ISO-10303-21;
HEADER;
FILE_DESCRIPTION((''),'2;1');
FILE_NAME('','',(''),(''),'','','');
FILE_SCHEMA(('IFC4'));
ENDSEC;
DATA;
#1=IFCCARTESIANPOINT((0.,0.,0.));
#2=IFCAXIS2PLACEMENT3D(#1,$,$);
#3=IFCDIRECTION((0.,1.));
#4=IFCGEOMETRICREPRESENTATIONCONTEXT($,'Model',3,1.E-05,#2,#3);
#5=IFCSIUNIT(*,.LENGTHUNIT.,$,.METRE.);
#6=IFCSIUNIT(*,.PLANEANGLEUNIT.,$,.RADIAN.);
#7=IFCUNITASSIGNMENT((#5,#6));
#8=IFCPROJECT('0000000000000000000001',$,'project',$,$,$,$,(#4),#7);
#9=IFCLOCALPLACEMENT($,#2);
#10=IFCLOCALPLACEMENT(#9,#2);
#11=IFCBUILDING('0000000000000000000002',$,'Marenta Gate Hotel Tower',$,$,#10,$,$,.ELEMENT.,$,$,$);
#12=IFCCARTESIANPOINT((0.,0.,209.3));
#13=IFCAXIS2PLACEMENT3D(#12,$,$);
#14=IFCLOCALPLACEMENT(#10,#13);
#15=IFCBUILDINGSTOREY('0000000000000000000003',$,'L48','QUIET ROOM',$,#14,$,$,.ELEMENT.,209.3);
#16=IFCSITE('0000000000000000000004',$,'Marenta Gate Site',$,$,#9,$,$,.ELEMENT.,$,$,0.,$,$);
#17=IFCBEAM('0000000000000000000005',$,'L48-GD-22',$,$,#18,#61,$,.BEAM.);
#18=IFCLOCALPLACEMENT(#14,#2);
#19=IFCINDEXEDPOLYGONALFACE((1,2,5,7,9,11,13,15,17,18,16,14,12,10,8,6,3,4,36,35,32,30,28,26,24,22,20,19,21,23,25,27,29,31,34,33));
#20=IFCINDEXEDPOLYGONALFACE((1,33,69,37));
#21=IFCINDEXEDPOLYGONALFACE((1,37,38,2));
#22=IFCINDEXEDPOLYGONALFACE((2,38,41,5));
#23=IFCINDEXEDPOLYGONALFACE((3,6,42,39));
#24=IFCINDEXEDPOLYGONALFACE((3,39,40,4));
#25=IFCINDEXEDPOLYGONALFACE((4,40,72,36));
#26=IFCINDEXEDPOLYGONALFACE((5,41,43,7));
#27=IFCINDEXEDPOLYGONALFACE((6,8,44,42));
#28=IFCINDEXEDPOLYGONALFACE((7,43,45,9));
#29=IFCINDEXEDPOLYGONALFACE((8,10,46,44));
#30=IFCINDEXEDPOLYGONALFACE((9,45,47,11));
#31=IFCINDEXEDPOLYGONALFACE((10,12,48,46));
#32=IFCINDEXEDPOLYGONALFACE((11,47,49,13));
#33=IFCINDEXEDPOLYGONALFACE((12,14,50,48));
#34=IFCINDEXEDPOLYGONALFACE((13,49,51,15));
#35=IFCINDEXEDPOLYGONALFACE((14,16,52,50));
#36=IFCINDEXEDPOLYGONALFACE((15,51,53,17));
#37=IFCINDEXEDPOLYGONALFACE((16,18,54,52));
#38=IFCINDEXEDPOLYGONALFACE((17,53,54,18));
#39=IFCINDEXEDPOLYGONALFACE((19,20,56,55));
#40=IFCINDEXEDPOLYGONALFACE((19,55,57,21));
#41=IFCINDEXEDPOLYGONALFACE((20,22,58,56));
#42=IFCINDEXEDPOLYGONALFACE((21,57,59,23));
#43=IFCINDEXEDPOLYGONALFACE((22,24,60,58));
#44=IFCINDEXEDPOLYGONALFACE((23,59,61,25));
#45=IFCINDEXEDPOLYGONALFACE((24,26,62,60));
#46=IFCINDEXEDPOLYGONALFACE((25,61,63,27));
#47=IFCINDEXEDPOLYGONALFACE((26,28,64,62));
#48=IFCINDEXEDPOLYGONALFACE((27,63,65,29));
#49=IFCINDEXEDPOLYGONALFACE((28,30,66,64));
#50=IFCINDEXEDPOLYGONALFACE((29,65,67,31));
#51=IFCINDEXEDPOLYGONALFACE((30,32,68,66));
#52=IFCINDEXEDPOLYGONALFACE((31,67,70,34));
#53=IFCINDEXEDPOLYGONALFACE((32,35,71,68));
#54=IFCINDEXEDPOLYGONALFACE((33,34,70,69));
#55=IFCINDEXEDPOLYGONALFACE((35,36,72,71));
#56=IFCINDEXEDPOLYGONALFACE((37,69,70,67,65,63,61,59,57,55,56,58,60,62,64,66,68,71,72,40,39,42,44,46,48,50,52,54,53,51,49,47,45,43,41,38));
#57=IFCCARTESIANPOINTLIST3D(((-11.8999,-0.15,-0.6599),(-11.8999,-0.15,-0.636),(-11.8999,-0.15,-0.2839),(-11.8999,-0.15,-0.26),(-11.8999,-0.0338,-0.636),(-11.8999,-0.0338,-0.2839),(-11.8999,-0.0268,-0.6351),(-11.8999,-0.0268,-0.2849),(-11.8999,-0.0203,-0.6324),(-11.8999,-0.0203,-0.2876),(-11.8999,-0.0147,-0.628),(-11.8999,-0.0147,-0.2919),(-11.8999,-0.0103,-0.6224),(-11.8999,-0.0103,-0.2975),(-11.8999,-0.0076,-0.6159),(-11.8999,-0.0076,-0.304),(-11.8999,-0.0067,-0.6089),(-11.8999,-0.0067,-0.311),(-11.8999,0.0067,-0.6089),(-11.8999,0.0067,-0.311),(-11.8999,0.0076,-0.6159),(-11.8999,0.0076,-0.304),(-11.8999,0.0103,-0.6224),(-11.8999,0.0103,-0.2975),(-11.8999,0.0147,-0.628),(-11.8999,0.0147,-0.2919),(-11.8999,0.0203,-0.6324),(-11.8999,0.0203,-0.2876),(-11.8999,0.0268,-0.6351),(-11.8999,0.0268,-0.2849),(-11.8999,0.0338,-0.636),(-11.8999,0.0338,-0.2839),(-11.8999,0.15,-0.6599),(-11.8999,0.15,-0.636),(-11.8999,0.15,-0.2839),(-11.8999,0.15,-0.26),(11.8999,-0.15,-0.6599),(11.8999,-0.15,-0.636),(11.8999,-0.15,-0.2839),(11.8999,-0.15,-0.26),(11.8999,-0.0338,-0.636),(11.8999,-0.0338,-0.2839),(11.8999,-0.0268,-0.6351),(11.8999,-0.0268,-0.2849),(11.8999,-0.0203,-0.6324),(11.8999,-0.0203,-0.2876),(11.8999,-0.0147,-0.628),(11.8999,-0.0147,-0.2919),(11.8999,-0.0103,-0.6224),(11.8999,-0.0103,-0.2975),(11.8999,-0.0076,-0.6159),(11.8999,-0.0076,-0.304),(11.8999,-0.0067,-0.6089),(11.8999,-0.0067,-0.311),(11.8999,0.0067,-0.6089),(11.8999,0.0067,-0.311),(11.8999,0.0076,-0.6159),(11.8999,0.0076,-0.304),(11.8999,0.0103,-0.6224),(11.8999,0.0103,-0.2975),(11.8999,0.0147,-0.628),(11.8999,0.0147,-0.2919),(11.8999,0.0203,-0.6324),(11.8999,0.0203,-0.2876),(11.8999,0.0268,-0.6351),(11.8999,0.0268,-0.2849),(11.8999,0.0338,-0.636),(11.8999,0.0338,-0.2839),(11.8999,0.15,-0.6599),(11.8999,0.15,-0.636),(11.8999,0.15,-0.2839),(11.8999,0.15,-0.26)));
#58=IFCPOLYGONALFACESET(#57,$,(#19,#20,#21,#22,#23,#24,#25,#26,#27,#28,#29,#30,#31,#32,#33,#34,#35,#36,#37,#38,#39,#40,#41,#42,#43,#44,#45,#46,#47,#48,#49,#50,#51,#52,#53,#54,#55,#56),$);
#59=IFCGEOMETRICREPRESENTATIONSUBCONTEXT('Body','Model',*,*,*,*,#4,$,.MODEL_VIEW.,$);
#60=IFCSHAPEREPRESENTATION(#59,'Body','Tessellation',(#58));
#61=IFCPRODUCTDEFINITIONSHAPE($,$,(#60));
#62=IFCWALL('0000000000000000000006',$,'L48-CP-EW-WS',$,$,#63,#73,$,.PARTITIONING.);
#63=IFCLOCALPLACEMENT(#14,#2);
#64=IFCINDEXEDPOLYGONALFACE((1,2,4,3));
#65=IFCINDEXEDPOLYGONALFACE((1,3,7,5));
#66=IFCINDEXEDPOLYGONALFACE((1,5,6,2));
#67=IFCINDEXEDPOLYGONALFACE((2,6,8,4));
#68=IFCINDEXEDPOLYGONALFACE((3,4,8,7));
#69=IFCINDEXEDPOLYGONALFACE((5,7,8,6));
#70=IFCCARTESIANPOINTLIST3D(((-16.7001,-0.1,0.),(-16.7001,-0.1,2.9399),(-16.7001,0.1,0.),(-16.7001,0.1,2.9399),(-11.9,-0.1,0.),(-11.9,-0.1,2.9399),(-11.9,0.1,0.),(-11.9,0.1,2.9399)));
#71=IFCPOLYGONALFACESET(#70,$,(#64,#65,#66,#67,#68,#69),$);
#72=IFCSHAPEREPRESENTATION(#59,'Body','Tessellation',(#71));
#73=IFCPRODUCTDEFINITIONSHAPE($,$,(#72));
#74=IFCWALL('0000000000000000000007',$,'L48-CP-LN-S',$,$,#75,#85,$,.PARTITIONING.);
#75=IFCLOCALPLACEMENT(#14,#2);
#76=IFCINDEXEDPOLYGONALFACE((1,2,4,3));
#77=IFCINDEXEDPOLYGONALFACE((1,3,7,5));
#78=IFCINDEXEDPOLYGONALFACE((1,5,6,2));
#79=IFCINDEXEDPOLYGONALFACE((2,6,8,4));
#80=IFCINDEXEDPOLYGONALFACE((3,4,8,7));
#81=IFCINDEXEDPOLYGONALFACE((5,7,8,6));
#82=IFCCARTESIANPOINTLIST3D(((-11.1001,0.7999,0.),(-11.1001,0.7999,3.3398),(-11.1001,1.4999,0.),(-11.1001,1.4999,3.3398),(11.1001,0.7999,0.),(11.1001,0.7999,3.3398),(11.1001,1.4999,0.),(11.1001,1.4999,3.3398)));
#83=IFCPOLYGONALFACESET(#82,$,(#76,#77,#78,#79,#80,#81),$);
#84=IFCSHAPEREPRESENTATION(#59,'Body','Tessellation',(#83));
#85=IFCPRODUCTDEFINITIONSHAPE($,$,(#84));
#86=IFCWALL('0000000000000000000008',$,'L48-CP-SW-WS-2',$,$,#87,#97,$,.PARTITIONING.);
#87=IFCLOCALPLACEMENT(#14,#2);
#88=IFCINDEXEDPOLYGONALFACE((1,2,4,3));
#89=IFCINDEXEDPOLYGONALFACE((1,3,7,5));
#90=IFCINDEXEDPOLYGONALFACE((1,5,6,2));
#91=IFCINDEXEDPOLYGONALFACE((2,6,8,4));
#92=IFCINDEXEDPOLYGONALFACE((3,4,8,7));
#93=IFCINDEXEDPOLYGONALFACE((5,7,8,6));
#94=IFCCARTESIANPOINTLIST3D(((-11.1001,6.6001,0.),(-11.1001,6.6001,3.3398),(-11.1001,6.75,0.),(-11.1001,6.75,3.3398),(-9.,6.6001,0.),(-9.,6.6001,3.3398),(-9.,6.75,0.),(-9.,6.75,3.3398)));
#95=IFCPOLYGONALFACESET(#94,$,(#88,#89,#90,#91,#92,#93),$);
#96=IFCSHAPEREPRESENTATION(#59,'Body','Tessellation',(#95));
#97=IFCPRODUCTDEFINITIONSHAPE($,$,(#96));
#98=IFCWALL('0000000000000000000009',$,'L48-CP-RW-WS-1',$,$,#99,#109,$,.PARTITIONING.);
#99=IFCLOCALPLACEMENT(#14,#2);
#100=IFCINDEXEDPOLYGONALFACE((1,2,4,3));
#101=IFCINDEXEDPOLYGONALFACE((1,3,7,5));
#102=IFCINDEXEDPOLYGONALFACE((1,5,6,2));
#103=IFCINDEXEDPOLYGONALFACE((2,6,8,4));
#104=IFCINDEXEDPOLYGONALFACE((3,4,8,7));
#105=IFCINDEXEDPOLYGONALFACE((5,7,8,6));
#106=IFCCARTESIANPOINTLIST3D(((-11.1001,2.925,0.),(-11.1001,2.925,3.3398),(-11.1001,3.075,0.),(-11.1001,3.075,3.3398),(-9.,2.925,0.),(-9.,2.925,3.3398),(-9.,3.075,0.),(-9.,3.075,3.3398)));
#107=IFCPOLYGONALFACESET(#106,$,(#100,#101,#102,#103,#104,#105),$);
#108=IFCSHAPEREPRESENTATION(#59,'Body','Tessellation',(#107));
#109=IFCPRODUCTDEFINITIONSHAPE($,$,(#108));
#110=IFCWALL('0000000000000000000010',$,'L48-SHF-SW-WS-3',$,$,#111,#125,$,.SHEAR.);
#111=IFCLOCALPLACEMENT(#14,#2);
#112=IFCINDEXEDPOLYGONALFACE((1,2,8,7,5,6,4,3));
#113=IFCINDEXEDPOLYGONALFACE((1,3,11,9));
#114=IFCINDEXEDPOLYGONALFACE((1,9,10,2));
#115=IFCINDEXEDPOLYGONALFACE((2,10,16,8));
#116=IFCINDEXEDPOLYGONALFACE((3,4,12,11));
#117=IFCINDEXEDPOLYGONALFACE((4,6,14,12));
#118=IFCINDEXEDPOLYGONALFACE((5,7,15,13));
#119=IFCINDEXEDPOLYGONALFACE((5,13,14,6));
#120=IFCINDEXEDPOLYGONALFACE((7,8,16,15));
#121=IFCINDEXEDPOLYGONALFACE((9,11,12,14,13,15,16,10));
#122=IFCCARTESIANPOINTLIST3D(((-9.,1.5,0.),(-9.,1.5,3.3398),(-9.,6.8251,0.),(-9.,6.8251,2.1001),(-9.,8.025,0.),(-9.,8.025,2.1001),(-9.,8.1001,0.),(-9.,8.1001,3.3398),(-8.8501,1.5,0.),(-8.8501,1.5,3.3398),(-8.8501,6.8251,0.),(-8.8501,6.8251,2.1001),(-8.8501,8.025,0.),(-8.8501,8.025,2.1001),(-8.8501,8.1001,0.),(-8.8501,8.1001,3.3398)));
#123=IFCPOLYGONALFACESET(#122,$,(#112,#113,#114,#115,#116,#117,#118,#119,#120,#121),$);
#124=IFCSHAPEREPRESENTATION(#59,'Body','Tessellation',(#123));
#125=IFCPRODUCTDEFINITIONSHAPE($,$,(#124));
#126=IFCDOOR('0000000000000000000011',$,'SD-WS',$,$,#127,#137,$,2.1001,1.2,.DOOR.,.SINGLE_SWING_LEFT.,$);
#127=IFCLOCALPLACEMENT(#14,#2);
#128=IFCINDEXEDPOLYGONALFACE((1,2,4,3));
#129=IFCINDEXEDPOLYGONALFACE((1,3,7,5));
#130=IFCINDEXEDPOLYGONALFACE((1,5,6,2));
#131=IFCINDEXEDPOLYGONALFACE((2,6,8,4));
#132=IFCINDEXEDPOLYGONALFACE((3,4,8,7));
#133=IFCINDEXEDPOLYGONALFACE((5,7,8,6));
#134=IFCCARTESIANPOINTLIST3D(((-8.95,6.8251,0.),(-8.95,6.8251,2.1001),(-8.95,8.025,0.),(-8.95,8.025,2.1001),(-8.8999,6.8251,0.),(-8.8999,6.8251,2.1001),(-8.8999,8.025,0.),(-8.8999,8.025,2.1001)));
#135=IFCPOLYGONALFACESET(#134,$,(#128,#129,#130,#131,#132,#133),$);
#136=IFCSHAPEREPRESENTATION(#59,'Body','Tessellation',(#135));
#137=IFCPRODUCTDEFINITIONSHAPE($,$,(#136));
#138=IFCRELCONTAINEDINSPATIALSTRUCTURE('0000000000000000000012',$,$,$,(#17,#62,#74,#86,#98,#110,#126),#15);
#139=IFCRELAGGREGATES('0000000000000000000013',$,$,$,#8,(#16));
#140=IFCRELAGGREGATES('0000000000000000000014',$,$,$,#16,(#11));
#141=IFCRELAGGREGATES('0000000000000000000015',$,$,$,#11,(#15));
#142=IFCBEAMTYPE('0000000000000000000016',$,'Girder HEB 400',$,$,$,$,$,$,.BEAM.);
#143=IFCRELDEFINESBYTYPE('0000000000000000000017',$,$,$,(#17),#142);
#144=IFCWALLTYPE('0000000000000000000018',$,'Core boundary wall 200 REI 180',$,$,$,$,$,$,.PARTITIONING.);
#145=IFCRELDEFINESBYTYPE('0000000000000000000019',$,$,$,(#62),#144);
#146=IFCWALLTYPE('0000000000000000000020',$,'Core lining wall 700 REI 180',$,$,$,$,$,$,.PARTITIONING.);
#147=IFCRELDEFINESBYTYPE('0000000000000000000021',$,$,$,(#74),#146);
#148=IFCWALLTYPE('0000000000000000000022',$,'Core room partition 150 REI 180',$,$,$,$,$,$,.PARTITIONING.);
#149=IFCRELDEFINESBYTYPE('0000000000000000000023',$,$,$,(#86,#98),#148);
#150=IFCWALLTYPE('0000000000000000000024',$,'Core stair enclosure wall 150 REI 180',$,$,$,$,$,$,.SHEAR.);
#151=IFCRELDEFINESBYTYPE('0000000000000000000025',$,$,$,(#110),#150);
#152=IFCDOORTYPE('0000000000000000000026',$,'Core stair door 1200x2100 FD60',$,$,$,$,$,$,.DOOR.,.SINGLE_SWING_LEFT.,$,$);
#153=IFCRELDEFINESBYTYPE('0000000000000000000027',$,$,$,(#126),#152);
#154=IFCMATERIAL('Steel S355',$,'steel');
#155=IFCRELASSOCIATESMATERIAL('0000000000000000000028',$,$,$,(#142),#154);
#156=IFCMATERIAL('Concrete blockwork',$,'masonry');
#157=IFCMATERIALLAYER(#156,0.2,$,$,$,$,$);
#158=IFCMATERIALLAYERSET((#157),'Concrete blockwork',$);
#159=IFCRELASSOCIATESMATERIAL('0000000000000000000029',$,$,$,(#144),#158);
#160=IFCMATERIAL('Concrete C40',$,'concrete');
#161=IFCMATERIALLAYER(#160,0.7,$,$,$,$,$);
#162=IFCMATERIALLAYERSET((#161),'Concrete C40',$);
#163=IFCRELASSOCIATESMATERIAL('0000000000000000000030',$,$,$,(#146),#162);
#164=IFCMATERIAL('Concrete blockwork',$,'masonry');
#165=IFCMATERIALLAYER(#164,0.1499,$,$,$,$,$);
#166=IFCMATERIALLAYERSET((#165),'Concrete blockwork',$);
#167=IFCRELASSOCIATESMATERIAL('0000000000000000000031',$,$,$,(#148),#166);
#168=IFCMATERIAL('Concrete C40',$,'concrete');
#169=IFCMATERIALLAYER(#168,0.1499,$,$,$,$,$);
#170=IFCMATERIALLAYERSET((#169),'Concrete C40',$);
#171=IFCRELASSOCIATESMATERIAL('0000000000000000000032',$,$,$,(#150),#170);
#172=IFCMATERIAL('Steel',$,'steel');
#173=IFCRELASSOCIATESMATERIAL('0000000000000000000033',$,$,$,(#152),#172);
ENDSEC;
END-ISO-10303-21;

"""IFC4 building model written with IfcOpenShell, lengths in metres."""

from ifc_helpers import new_model, si_unit, direction, frame, frame_2d, origin, origin_2d, place, context, subcontext, project, spatial, rectangle, i_section, extrude, material, layer, layer_set, material_profile, profile_set, type_object, element, fill, save


model = new_model("IFC4")

# Units and contexts
model_context = context("Model", 3, precision=1e-05, world=origin(), true_north=direction((0.0, 1.0)))
body_context = subcontext(model_context, "Body", "Model", "MODEL_VIEW")
ifc_project = project(units=[si_unit("LENGTHUNIT", "METRE"), si_unit("PLANEANGLEUNIT", "RADIAN")], contexts=[model_context])

# Site, building, storey
site_placement = place(None, origin())
site = spatial("IfcSite", under=ifc_project, at=site_placement, Name="Marenta Gate Site", CompositionType="ELEMENT", RefElevation=0.0)
building_placement = place(site_placement, origin())
building = spatial("IfcBuilding", under=site, at=building_placement, Name="Marenta Gate Hotel Tower", CompositionType="ELEMENT")
storey_placement = place(building_placement, frame((0.0, 0.0, 209.3)))
storey = spatial("IfcBuildingStorey", under=building, at=storey_placement, Name="L48", Description="QUIET ROOM", CompositionType="ELEMENT", Elevation=209.3)

# Beam
ifc_material_1 = material(Name="Steel S355", Category="steel")
ifc_material_profile = material_profile(ifc_material_1, i_section(OverallWidth=0.3, OverallDepth=0.3999, WebThickness=0.0134, FlangeThickness=0.0239, FilletRadius=0.0271, at=origin_2d()), Name="HEB 400")
ifc_profile_set = profile_set([ifc_material_profile], Name="Steel S355")
beam_type = type_object("IfcBeamType", Name="Girder HEB 400", PredefinedType="BEAM", material=ifc_profile_set)
beam_placement = place(storey_placement, frame((-11.8999, 0.0, -0.46), z_axis=(1.0, 0.0, 0.0), x_axis=(0.0, 1.0, 0.0)))
element("IfcBeam", 1, at=beam_placement, inside=storey, type_object=beam_type, Name="L48-GD-22", PredefinedType="BEAM", context=body_context, shape_type="SweptSolid", body=[
    extrude(i_section(OverallWidth=0.3, OverallDepth=0.3999, WebThickness=0.0134, FlangeThickness=0.0239, FilletRadius=0.0271, at=origin_2d()), origin(), (0.0, 0.0, 1.0), 23.7998),
])

# Walls
ifc_material_2 = material(Name="Concrete blockwork", Category="masonry")
ifc_layer_1 = layer(ifc_material_2, 0.2)
ifc_layer_set_1 = layer_set([ifc_layer_1], Name="Concrete blockwork")
wall_type_1 = type_object("IfcWallType", Name="Core boundary wall 200 REI 180", PredefinedType="PARTITIONING", material=ifc_layer_set_1)
wall_1_placement = place(storey_placement, frame((-16.7, 0.0, 0.0), z_axis=(0.0, 0.0, 1.0), x_axis=(1.0, 0.0, 0.0)))
element("IfcWall", 2, at=wall_1_placement, inside=storey, type_object=wall_type_1, Name="L48-CP-EW-WS", PredefinedType="PARTITIONING", context=body_context, shape_type="SweptSolid", body=[
    extrude(rectangle(XDim=4.8, YDim=0.2, at=frame_2d((2.3999, 0.0))), origin(), (0.0, 0.0, 1.0), 2.9399),
])
ifc_material_3 = material(Name="Concrete C40", Category="concrete")
ifc_layer_2 = layer(ifc_material_3, 0.7)
ifc_layer_set_2 = layer_set([ifc_layer_2], Name="Concrete C40")
wall_type_2 = type_object("IfcWallType", Name="Core lining wall 700 REI 180", PredefinedType="PARTITIONING", material=ifc_layer_set_2)
wall_2_placement = place(storey_placement, frame((-11.1001, 1.1499, 0.0), z_axis=(0.0, 0.0, 1.0), x_axis=(1.0, 0.0, 0.0)))
element("IfcWall", 3, at=wall_2_placement, inside=storey, type_object=wall_type_2, Name="L48-CP-LN-S", PredefinedType="PARTITIONING", context=body_context, shape_type="SweptSolid", body=[
    extrude(rectangle(XDim=22.2002, YDim=0.7, at=frame_2d((11.1001, 0.0))), origin(), (0.0, 0.0, 1.0), 3.3398),
])
ifc_material_4 = material(Name="Concrete blockwork", Category="masonry")
ifc_layer_3 = layer(ifc_material_4, 0.1499)
ifc_layer_set_3 = layer_set([ifc_layer_3], Name="Concrete blockwork")
wall_type_3 = type_object("IfcWallType", Name="Core room partition 150 REI 180", PredefinedType="PARTITIONING", material=ifc_layer_set_3)
for number, where, z_axis, x_axis, name in (
    (4, (-11.1001, 6.675, 0.0), (0.0, 0.0, 1.0), (1.0, 0.0, 0.0), "L48-CP-SW-WS-2"),
    (5, (-11.1001, 3.0, 0.0), (0.0, 0.0, 1.0), (1.0, 0.0, 0.0), "L48-CP-RW-WS-1"),
):
    element("IfcWall", number, at=place(storey_placement, frame(where, z_axis=z_axis, x_axis=x_axis)), inside=storey, type_object=wall_type_3, Name=name, PredefinedType="PARTITIONING", context=body_context, shape_type="SweptSolid", body=[
        extrude(rectangle(XDim=2.1001, YDim=0.1499, at=frame_2d((1.05, 0.0))), origin(), (0.0, 0.0, 1.0), 3.3398),
    ])

# Wall, opening, door
ifc_material_5 = material(Name="Concrete C40", Category="concrete")
ifc_layer_4 = layer(ifc_material_5, 0.1499)
ifc_layer_set_4 = layer_set([ifc_layer_4], Name="Concrete C40")
wall_type_4 = type_object("IfcWallType", Name="Core stair enclosure wall 150 REI 180", PredefinedType="SHEAR", material=ifc_layer_set_4)
wall_3_placement = place(storey_placement, frame((-8.925, 1.5, 0.0), z_axis=(0.0, 0.0, 1.0), x_axis=(0.0, 1.0, 0.0)))
wall_3 = element("IfcWall", 6, at=wall_3_placement, inside=storey, type_object=wall_type_4, Name="L48-SHF-SW-WS-3", PredefinedType="SHEAR", context=body_context, shape_type="SweptSolid", body=[
    extrude(rectangle(XDim=6.6001, YDim=0.1499, at=frame_2d((3.3, 0.0))), origin(), (0.0, 0.0, 1.0), 3.3398),
])
opening_1_placement = place(wall_3_placement, frame((5.325, 0.0, 0.0)))
opening_1 = element("IfcOpeningElement", 7, at=opening_1_placement, cuts=wall_3, PredefinedType="OPENING", context=body_context, shape_type="SweptSolid", body=[
    extrude(rectangle(XDim=1.2, YDim=2.1001, at=frame_2d((0.6001, 1.05))), frame((0.0, 0.075, 0.0), z_axis=(0.0, -1.0, 0.0), x_axis=(1.0, 0.0, 0.0)), (0.0, 0.0, 1.0), 0.1499),
])
ifc_material_6 = material(Name="Steel", Category="steel")
door_type_1 = type_object("IfcDoorType", Name="Core stair door 1200x2100 FD60", OperationType="SINGLE_SWING_LEFT", PredefinedType="DOOR", material=ifc_material_6)
door_1_placement = place(opening_1_placement, origin())
door_1 = element("IfcDoor", 8, at=door_1_placement, inside=storey, type_object=door_type_1, Name="SD-WS", OperationType="SINGLE_SWING_LEFT", OverallHeight=2.1001, OverallWidth=1.2, PredefinedType="DOOR", context=body_context, shape_type="SweptSolid", body=[
    extrude(rectangle(XDim=1.2, YDim=2.1001, at=frame_2d((0.6001, 1.05))), frame((0.0, 0.0249, 0.0), z_axis=(0.0, -1.0, 0.0), x_axis=(1.0, 0.0, 0.0)), (0.0, 0.0, 1.0), 0.05),
])
fill(opening_1, door_1)

save(model, "model.ifc")
